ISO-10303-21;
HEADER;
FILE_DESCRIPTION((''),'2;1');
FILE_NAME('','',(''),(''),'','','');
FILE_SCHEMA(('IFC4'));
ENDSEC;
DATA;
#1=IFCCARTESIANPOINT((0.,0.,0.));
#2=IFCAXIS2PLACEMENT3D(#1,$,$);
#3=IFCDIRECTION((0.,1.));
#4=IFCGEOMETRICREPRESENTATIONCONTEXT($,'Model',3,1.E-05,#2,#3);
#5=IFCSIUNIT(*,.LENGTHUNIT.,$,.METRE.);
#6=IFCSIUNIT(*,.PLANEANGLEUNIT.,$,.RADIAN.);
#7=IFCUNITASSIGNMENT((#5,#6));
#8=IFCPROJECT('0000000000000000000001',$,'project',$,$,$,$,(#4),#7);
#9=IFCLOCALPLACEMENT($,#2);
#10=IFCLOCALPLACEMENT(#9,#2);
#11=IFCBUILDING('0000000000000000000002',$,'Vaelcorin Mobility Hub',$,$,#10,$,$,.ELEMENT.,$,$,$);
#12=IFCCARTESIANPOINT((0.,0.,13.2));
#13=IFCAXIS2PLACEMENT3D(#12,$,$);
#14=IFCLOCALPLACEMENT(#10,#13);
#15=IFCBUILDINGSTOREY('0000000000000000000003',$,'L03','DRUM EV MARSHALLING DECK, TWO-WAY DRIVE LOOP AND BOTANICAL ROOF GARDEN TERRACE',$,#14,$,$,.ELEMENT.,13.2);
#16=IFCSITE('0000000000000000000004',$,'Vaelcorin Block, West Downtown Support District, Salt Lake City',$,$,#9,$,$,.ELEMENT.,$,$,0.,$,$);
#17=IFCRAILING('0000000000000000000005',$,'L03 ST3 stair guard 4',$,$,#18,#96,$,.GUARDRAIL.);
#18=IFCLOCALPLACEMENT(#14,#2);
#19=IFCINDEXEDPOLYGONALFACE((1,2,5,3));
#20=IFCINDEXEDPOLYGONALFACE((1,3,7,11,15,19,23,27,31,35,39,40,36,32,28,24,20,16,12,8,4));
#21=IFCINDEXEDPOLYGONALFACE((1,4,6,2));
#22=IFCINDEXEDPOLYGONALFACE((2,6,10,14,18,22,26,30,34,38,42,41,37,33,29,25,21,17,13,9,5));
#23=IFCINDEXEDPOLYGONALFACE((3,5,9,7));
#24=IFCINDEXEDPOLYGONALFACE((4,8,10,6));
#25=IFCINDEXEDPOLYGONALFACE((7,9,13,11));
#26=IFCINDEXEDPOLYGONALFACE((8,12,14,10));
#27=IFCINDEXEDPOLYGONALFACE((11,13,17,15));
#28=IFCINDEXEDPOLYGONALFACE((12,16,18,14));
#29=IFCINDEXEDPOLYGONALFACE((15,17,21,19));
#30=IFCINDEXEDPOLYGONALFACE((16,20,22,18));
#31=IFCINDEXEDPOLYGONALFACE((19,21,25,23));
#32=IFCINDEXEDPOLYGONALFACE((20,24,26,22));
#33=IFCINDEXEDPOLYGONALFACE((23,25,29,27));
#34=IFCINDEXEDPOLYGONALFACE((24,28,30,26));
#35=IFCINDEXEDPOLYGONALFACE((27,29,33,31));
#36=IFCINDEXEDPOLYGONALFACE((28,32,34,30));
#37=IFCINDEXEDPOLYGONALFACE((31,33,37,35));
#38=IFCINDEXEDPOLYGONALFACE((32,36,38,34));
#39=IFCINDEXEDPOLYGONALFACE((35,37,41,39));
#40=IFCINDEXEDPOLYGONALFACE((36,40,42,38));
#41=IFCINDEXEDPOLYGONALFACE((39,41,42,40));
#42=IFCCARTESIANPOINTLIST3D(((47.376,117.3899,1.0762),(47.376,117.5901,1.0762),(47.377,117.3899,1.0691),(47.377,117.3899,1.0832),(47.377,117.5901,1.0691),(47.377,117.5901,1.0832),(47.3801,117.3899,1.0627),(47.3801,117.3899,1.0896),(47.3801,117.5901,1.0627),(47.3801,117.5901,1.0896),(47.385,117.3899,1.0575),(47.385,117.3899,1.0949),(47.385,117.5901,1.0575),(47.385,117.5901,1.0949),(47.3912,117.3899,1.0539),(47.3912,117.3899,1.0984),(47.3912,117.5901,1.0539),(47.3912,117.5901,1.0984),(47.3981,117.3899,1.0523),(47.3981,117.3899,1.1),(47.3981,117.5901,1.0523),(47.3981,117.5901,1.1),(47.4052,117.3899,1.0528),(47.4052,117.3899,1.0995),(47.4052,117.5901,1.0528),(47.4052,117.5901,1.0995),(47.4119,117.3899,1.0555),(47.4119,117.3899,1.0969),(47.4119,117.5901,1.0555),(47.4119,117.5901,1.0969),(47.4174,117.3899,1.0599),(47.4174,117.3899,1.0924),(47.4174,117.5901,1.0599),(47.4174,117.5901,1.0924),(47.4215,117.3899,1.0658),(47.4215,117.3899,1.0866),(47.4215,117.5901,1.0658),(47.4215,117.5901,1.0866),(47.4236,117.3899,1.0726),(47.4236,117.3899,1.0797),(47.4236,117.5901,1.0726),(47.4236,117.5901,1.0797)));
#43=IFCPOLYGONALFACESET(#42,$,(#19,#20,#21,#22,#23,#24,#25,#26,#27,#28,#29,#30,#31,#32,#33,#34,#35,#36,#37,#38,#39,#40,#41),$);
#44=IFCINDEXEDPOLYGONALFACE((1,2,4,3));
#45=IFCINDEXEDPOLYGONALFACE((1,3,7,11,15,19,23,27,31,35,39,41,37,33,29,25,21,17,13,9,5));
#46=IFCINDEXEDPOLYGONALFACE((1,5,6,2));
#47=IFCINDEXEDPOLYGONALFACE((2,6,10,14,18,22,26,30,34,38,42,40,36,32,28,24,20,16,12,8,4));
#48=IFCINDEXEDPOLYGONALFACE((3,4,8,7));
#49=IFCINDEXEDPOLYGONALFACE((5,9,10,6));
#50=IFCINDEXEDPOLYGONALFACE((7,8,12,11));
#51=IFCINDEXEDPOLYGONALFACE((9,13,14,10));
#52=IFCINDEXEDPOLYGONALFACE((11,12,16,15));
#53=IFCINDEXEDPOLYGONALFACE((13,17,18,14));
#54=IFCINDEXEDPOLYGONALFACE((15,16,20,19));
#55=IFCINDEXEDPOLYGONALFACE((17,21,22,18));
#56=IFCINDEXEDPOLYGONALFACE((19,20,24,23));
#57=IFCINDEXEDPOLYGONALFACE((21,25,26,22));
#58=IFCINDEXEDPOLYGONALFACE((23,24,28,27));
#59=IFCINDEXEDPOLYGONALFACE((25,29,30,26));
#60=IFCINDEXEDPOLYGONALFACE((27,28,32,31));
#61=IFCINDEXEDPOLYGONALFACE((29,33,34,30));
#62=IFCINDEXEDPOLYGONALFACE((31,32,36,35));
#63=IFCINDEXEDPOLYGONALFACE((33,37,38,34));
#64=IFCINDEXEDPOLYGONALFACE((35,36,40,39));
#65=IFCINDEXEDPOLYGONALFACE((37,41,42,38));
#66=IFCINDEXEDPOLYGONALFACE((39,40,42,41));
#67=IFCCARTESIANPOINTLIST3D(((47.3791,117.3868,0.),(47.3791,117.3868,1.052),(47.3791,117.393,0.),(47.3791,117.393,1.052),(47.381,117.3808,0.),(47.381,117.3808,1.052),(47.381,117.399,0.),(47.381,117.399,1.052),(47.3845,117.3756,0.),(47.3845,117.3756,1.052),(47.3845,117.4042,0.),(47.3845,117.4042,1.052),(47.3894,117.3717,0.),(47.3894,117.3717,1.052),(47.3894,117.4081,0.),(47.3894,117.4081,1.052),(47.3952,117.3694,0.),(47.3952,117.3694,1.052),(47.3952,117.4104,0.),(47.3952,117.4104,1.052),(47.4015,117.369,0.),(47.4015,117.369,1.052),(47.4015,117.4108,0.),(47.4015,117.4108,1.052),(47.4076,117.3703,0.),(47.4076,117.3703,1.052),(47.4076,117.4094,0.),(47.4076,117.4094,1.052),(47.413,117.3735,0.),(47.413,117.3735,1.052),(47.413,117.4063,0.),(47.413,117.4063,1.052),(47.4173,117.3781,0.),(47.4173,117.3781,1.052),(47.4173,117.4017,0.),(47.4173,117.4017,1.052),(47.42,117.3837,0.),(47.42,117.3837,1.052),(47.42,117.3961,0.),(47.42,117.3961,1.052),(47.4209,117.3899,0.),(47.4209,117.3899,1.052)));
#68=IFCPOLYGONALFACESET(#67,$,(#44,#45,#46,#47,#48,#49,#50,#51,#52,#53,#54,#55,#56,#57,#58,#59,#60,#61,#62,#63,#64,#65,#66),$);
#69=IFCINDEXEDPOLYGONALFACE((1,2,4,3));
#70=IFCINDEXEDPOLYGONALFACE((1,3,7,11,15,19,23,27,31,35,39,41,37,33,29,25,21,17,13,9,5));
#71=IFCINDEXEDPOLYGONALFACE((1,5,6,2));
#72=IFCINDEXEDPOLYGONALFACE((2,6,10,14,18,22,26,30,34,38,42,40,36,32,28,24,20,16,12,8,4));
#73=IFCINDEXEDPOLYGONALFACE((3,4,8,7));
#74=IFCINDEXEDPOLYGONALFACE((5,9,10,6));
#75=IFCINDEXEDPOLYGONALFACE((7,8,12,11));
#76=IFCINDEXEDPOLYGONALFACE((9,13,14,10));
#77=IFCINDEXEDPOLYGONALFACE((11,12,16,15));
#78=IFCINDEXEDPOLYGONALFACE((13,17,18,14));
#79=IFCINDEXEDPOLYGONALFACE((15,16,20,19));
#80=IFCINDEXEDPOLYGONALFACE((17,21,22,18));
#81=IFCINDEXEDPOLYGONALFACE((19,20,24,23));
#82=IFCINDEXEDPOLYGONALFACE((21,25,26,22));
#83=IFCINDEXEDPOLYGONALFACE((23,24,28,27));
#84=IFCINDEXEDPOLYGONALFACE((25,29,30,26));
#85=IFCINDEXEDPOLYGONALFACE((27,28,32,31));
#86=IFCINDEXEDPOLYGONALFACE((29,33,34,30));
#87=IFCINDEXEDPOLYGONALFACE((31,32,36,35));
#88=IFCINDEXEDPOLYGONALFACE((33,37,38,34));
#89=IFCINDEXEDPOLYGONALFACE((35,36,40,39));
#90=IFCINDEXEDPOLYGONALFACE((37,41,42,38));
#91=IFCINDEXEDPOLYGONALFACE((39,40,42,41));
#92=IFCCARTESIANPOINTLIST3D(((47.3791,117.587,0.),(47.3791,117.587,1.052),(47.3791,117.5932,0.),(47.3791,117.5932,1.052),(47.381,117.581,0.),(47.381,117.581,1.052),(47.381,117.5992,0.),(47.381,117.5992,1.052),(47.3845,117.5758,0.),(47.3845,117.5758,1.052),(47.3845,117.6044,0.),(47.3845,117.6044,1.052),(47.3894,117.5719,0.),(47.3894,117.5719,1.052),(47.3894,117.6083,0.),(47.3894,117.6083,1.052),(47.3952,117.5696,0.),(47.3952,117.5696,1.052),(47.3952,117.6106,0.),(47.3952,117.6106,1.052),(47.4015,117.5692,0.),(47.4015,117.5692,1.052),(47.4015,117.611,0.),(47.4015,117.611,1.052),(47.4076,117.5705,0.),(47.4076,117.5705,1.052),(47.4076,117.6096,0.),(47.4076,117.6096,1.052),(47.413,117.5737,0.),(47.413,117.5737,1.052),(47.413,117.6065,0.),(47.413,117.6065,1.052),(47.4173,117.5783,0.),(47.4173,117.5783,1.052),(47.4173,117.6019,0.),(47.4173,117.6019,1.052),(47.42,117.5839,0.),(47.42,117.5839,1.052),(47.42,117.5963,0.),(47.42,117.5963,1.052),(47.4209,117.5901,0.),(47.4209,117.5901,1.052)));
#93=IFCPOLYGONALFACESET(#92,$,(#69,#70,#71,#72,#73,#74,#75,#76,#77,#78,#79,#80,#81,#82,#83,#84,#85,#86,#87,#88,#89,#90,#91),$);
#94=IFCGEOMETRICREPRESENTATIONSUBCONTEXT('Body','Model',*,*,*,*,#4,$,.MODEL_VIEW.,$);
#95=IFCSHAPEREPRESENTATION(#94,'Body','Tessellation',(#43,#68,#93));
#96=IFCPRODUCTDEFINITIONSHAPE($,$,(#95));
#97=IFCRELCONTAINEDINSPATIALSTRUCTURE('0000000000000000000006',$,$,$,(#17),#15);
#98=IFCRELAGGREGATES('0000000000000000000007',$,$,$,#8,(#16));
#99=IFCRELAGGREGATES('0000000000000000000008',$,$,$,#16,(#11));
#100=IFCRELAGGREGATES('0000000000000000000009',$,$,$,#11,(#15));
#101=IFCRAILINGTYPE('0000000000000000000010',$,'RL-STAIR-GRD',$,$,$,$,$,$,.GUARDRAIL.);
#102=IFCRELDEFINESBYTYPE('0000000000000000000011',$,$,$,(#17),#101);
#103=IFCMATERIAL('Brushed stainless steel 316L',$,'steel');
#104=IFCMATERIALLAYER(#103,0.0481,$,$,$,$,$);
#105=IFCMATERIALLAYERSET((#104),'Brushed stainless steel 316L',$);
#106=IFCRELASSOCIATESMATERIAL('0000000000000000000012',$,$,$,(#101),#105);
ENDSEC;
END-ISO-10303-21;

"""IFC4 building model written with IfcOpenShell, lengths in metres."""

from ifc_helpers import new_model, si_unit, direction, frame, origin, origin_2d, place, context, subcontext, project, spatial, circle, extrude, material, layer, layer_set, type_object, element, save


model = new_model("IFC4")

# Units and contexts
model_context = context("Model", 3, precision=1e-05, world=origin(), true_north=direction((0.0, 1.0)))
body_context = subcontext(model_context, "Body", "Model", "MODEL_VIEW")
ifc_project = project(units=[si_unit("LENGTHUNIT", "METRE"), si_unit("PLANEANGLEUNIT", "RADIAN")], contexts=[model_context])

# Site, building, storey
site_placement = place(None, origin())
site = spatial("IfcSite", under=ifc_project, at=site_placement, Name="Vaelcorin Block, West Downtown Support District, Salt Lake City", CompositionType="ELEMENT", RefElevation=0.0)
building_placement = place(site_placement, origin())
building = spatial("IfcBuilding", under=site, at=building_placement, Name="Vaelcorin Mobility Hub", CompositionType="ELEMENT")
storey_placement = place(building_placement, frame((0.0, 0.0, 13.2)))
storey = spatial("IfcBuildingStorey", under=building, at=storey_placement, Name="L03", Description="DRUM EV MARSHALLING DECK, TWO-WAY DRIVE LOOP AND BOTANICAL ROOF GARDEN TERRACE", CompositionType="ELEMENT", Elevation=13.2)

# Railing
ifc_material_1 = material(Name="Brushed stainless steel 316L", Category="steel")
ifc_layer_1 = layer(ifc_material_1, 0.0481)
ifc_layer_set_1 = layer_set([ifc_layer_1], Name="Brushed stainless steel 316L")
railing_type_1 = type_object("IfcRailingType", Name="RL-STAIR-GRD", PredefinedType="GUARDRAIL", material=ifc_layer_set_1)
railing_1_placement = place(storey_placement, frame((47.3999, 117.3899, 0.0)))
element("IfcRailing", 1, at=railing_1_placement, inside=storey, type_object=railing_type_1, Name="L03 ST3 stair guard 4", PredefinedType="GUARDRAIL", context=body_context, shape_type="SweptSolid", body=[
    extrude(circle(Radius=0.0239, at=origin_2d()), frame((0.0, 0.0, 1.0762), z_axis=(0.0, 1.0, 0.0), x_axis=(-1.0, 0.0, 0.0)), (0.0, 0.0, 1.0), 0.2002),
    extrude(circle(Radius=0.021, at=origin_2d()), origin(), (0.0, 0.0, 1.0), 1.052),
    extrude(circle(Radius=0.021, at=origin_2d()), frame((0.0, 0.2002, 0.0)), (0.0, 0.0, 1.0), 1.052),
])

save(model, "model.ifc")
